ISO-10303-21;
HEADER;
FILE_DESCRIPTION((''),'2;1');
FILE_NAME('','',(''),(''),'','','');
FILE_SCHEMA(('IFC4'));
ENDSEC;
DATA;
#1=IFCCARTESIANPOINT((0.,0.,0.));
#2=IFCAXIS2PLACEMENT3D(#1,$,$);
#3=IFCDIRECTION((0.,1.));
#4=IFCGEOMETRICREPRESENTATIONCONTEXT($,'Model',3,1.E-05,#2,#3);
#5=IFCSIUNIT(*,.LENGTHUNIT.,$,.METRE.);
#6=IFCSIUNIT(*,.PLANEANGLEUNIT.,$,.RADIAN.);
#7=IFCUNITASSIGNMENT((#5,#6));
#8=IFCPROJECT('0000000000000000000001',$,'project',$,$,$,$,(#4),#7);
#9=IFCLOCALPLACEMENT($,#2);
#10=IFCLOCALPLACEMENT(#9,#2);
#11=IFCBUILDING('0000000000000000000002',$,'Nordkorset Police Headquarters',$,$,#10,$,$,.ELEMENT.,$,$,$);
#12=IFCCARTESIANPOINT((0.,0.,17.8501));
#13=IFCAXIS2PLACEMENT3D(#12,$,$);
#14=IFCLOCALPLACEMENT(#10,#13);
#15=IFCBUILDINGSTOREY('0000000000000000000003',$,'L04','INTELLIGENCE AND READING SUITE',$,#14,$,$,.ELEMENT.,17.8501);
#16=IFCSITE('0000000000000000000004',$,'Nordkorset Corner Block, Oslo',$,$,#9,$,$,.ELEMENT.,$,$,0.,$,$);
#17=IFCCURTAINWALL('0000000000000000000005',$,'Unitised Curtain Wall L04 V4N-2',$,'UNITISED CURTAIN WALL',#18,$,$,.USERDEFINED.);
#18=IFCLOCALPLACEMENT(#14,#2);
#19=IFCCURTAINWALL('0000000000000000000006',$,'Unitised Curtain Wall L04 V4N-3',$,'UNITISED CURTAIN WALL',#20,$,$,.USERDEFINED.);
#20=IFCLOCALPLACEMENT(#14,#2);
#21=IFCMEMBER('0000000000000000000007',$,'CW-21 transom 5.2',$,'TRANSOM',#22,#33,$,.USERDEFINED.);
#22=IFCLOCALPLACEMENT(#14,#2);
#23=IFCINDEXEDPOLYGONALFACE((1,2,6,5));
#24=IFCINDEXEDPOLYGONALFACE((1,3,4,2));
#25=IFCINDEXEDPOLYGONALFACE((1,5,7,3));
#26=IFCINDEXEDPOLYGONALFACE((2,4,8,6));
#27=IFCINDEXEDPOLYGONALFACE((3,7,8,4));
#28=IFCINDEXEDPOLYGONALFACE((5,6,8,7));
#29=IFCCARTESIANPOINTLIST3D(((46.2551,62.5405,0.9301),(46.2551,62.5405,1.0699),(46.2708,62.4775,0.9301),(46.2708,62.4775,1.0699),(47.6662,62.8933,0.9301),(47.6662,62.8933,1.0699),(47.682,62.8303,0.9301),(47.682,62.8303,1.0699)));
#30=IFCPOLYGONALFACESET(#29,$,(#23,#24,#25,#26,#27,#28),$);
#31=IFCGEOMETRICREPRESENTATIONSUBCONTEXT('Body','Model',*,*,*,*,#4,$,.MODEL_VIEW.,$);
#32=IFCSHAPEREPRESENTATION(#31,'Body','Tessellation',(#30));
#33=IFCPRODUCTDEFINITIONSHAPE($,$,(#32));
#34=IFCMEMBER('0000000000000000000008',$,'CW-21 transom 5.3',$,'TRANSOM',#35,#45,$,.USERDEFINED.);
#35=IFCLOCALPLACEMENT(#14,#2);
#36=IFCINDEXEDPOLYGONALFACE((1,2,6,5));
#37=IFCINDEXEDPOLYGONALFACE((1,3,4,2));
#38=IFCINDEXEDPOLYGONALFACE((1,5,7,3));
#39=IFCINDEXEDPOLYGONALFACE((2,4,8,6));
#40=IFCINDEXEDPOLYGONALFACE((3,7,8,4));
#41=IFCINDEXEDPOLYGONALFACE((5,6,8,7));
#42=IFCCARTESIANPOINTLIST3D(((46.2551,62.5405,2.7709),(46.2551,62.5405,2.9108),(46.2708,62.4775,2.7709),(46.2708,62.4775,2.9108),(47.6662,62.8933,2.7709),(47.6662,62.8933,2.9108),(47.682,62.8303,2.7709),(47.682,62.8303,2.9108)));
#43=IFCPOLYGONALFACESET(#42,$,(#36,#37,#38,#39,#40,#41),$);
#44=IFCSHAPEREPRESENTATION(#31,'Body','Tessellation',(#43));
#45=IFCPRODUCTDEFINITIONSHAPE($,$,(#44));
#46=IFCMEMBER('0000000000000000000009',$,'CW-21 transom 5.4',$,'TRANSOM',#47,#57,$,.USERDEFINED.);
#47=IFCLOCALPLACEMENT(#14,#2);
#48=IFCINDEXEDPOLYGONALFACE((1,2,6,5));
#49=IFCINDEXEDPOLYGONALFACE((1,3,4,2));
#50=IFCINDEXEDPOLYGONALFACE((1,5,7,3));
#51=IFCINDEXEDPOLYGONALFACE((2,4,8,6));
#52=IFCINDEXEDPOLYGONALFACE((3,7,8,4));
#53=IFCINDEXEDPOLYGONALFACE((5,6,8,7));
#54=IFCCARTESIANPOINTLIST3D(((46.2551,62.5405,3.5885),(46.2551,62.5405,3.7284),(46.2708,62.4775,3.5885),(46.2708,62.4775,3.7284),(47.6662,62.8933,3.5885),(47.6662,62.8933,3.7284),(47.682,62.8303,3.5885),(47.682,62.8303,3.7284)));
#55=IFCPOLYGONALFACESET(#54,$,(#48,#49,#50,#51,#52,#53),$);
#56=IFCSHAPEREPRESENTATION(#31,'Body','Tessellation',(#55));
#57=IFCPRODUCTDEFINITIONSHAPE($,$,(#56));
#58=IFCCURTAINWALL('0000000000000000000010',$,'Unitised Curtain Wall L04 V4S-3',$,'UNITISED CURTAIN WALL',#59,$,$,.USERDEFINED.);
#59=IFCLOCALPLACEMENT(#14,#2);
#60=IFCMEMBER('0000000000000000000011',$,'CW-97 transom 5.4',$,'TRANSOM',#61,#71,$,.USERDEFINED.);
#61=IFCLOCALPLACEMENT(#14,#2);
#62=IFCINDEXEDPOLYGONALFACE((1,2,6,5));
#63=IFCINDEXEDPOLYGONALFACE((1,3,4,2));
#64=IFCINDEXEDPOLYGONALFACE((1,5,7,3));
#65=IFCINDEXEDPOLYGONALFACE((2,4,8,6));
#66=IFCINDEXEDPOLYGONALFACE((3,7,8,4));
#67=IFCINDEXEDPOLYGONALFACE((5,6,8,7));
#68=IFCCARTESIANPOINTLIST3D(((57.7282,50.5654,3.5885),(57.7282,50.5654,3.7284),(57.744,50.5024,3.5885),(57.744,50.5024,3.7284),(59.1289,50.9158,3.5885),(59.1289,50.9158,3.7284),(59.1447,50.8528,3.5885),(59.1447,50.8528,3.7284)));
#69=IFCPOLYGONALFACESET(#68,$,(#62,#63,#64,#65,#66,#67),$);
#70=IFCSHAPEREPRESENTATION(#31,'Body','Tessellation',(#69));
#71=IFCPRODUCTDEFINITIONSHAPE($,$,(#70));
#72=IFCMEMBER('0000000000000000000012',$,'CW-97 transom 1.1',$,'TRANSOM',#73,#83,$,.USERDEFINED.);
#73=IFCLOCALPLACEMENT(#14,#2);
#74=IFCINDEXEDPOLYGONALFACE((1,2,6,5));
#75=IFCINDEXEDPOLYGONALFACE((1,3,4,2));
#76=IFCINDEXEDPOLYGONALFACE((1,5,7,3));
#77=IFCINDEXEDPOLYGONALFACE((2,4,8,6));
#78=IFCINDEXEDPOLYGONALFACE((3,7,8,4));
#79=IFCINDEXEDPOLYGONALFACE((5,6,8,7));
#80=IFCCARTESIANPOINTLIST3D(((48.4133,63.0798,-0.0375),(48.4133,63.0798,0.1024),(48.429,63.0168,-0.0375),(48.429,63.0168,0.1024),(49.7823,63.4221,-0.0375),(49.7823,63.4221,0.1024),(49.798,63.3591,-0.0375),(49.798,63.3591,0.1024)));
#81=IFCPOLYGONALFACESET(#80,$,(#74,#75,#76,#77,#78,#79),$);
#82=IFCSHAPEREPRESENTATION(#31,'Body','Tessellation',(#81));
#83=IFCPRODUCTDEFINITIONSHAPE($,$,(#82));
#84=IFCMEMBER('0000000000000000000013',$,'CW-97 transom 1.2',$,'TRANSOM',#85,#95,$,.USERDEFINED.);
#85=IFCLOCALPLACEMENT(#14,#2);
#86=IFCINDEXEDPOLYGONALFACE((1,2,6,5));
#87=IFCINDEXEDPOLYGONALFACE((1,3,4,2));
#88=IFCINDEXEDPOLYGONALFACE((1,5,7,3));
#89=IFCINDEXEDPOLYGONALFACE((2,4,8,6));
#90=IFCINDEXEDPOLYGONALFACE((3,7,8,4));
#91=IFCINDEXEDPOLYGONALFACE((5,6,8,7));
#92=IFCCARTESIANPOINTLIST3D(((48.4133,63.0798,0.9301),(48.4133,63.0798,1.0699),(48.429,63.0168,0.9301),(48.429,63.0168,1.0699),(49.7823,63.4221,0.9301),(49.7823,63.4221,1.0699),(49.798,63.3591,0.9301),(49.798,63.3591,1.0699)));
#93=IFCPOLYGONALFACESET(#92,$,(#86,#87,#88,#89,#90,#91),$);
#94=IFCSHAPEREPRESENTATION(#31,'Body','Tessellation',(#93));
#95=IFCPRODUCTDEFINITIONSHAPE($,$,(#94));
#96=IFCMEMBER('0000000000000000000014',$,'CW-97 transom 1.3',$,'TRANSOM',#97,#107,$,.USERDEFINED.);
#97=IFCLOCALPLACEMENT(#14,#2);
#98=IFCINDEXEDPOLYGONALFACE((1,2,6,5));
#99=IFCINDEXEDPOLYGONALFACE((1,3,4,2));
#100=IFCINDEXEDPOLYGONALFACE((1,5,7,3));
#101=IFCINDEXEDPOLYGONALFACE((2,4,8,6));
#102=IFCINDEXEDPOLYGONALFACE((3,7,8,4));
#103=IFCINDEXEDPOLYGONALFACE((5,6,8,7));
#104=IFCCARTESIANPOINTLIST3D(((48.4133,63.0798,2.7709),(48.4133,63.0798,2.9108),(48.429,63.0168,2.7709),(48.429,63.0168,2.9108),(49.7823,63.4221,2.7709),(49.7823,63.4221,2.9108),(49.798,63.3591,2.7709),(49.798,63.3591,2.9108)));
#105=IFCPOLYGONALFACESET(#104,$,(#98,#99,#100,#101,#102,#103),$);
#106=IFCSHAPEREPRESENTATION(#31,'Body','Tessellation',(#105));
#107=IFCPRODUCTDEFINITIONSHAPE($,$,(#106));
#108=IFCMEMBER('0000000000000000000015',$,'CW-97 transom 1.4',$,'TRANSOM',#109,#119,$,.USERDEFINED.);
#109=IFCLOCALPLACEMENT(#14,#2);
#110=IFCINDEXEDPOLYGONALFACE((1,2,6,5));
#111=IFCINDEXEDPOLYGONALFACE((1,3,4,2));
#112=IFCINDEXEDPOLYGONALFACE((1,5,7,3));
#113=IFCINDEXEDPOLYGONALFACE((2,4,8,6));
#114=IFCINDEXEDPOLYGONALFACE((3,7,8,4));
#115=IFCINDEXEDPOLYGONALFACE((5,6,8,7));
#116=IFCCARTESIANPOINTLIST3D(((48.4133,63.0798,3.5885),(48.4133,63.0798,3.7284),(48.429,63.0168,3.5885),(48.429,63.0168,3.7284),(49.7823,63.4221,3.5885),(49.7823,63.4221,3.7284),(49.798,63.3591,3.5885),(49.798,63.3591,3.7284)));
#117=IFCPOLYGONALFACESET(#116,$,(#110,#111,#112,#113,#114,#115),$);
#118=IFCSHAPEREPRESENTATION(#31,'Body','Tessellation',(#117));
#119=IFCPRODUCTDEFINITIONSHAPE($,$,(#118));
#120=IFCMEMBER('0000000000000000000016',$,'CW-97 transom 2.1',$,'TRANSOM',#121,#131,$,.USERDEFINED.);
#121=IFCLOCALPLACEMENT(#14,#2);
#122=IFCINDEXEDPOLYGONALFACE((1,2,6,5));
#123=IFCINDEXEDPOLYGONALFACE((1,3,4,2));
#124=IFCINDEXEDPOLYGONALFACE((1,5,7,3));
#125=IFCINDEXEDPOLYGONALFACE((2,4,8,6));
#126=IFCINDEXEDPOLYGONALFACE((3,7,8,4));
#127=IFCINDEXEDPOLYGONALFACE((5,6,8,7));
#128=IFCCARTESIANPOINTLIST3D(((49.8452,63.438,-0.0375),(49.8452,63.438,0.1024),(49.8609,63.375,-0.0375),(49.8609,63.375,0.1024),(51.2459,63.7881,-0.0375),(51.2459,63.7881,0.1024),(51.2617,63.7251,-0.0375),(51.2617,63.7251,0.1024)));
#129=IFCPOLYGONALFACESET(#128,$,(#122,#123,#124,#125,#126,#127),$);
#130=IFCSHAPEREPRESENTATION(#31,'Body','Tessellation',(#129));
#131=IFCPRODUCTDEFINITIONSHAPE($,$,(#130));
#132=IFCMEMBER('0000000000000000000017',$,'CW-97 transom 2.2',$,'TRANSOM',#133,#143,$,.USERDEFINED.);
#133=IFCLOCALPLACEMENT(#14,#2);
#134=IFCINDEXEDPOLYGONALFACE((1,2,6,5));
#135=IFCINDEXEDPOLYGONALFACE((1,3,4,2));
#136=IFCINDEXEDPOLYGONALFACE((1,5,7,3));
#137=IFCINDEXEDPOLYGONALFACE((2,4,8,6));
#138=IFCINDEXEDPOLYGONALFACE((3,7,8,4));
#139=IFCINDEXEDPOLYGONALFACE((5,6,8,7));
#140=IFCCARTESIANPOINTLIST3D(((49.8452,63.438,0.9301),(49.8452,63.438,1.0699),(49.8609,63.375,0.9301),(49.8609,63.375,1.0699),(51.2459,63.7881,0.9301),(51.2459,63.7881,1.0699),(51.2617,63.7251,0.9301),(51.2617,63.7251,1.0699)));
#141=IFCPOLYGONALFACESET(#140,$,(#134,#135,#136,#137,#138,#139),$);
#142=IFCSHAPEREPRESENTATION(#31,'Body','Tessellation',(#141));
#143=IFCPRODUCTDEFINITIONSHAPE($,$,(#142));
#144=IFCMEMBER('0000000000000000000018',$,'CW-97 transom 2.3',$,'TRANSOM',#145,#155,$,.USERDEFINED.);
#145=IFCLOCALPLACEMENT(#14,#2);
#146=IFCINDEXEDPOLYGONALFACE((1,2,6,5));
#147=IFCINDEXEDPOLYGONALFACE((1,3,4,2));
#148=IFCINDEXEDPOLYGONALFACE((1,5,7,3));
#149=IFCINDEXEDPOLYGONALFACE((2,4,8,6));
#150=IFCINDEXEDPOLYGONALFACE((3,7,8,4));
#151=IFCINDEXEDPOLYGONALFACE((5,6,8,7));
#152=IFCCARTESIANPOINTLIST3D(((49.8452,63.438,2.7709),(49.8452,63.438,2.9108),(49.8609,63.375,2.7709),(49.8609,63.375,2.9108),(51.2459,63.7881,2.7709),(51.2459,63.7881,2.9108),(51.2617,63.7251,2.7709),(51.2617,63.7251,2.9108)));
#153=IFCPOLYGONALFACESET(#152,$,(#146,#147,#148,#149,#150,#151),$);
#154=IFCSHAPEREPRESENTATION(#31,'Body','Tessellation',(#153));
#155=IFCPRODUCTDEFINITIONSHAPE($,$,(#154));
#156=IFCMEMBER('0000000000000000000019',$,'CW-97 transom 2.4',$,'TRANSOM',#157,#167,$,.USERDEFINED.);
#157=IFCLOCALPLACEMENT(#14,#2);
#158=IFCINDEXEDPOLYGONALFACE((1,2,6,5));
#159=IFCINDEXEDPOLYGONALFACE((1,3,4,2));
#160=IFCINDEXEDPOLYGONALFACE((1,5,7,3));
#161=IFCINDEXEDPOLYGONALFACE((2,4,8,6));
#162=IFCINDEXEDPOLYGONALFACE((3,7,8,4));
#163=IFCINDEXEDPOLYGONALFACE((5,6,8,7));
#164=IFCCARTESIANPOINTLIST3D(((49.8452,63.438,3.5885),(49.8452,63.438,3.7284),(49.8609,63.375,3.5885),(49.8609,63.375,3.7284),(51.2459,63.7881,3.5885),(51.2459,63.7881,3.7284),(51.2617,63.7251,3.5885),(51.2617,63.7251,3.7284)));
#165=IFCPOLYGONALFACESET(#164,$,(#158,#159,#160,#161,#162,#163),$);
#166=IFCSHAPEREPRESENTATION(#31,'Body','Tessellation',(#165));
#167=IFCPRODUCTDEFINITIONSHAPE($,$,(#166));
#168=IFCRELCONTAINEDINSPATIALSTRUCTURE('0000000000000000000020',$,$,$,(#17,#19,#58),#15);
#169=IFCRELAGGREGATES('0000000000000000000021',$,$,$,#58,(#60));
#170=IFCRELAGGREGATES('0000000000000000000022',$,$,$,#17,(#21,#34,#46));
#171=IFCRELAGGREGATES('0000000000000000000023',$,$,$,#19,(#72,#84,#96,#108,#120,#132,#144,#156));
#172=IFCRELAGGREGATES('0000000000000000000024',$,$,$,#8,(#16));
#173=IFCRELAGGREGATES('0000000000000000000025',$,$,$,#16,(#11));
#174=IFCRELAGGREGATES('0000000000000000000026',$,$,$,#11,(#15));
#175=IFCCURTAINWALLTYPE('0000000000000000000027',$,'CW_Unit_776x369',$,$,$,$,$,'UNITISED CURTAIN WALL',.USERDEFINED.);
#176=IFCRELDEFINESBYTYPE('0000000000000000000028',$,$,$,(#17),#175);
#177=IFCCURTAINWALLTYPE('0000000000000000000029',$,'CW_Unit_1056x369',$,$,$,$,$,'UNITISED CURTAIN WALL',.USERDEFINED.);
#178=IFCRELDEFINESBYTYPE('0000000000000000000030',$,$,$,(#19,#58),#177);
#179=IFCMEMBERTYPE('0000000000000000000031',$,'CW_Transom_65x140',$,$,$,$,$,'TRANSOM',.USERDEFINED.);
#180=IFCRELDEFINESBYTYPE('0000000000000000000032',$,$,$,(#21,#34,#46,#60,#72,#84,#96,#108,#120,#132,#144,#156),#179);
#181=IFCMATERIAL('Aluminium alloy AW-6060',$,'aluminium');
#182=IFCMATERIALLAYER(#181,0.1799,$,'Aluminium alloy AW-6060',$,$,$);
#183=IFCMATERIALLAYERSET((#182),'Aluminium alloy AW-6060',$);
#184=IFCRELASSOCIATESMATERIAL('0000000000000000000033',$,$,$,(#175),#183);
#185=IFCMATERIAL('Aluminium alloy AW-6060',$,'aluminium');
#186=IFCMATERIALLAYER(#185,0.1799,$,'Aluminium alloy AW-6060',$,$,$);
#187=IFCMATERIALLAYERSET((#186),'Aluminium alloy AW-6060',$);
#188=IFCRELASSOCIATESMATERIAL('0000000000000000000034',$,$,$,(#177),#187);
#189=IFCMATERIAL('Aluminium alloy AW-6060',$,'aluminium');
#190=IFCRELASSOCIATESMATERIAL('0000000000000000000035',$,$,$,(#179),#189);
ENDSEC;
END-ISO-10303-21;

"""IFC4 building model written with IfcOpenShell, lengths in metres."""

from ifc_helpers import new_model, si_unit, direction, frame, origin, origin_2d, place, context, subcontext, project, spatial, rectangle, extrude, material, layer, layer_set, material_profile, profile_set, type_object, element, aggregate, save


model = new_model("IFC4")

# Units and contexts
model_context = context("Model", 3, precision=1e-05, world=origin(), true_north=direction((0.0, 1.0)))
body_context = subcontext(model_context, "Body", "Model", "MODEL_VIEW")
ifc_project = project(units=[si_unit("LENGTHUNIT", "METRE"), si_unit("PLANEANGLEUNIT", "RADIAN")], contexts=[model_context])

# Site, building, storey
site_placement = place(None, origin())
site = spatial("IfcSite", under=ifc_project, at=site_placement, Name="Nordkorset Corner Block, Oslo", CompositionType="ELEMENT", RefElevation=0.0)
building_placement = place(site_placement, origin())
building = spatial("IfcBuilding", under=site, at=building_placement, Name="Nordkorset Police Headquarters", CompositionType="ELEMENT")
storey_placement = place(building_placement, frame((0.0, 0.0, 17.8501)))
storey = spatial("IfcBuildingStorey", under=building, at=storey_placement, Name="L04", Description="INTELLIGENCE AND READING SUITE", CompositionType="ELEMENT", Elevation=17.8501)

# Curtain walls
ifc_material_1 = material(Name="Aluminium alloy AW-6060", Category="aluminium")
ifc_layer_1 = layer(ifc_material_1, 0.1799, Name="Aluminium alloy AW-6060")
ifc_layer_set_1 = layer_set([ifc_layer_1], Name="Aluminium alloy AW-6060")
curtain_wall_type_1 = type_object("IfcCurtainWallType", Name="CW_Unit_776x369", ElementType="UNITISED CURTAIN WALL", PredefinedType="USERDEFINED", material=ifc_layer_set_1)
curtain_wall_1_placement = place(storey_placement, origin())
curtain_wall_1 = element("IfcCurtainWall", 1, at=curtain_wall_1_placement, inside=storey, type_object=curtain_wall_type_1, Name="Unitised Curtain Wall L04 V4N-2", ObjectType="UNITISED CURTAIN WALL", PredefinedType="USERDEFINED")
ifc_material_2 = material(Name="Aluminium alloy AW-6060", Category="aluminium")
ifc_layer_2 = layer(ifc_material_2, 0.1799, Name="Aluminium alloy AW-6060")
ifc_layer_set_2 = layer_set([ifc_layer_2], Name="Aluminium alloy AW-6060")
curtain_wall_type_2 = type_object("IfcCurtainWallType", Name="CW_Unit_1056x369", ElementType="UNITISED CURTAIN WALL", PredefinedType="USERDEFINED", material=ifc_layer_set_2)
curtain_wall_2_placement = place(storey_placement, origin())
curtain_wall_2 = element("IfcCurtainWall", 2, at=curtain_wall_2_placement, inside=storey, type_object=curtain_wall_type_2, Name="Unitised Curtain Wall L04 V4N-3", ObjectType="UNITISED CURTAIN WALL", PredefinedType="USERDEFINED")

# Members
ifc_material_3 = material(Name="Aluminium alloy AW-6060", Category="aluminium")
ifc_material_profile_1 = material_profile(ifc_material_3, rectangle(XDim=0.0649, YDim=0.1399, at=origin_2d()), Name="ALU TRAN 65x140")
ifc_profile_set_1 = profile_set([ifc_material_profile_1], Name="Aluminium alloy AW-6060")
member_type_1 = type_object("IfcMemberType", Name="CW_Transom_65x140", ElementType="TRANSOM", PredefinedType="USERDEFINED", material=ifc_profile_set_1)
member_1_placement = place(storey_placement, frame((46.2629, 62.509, 1.0), z_axis=(0.970143, 0.242536, 0.0), x_axis=(-0.242536, 0.970143, 0.0)))
member_1 = element("IfcMember", 3, at=member_1_placement, type_object=member_type_1, Name="CW-21 transom 5.2", ObjectType="TRANSOM", PredefinedType="USERDEFINED", context=body_context, shape_type="SweptSolid", body=[
    extrude(rectangle(XDim=0.0649, YDim=0.1399, at=origin_2d()), origin(), (0.0, 0.0, 1.0), 1.4546),
])
member_2_placement = place(storey_placement, frame((46.2629, 62.509, 2.8408), z_axis=(0.970143, 0.242536, 0.0), x_axis=(-0.242536, 0.970143, 0.0)))
member_2 = element("IfcMember", 4, at=member_2_placement, type_object=member_type_1, Name="CW-21 transom 5.3", ObjectType="TRANSOM", PredefinedType="USERDEFINED", context=body_context, shape_type="SweptSolid", body=[
    extrude(rectangle(XDim=0.0649, YDim=0.1399, at=origin_2d()), origin(), (0.0, 0.0, 1.0), 1.4546),
])
member_3_placement = place(storey_placement, frame((46.2629, 62.509, 3.6584), z_axis=(0.970143, 0.242536, 0.0), x_axis=(-0.242536, 0.970143, 0.0)))
member_3 = element("IfcMember", 5, at=member_3_placement, type_object=member_type_1, Name="CW-21 transom 5.4", ObjectType="TRANSOM", PredefinedType="USERDEFINED", context=body_context, shape_type="SweptSolid", body=[
    extrude(rectangle(XDim=0.0649, YDim=0.1399, at=origin_2d()), origin(), (0.0, 0.0, 1.0), 1.4546),
])

# Curtain wall, member
curtain_wall_3_placement = place(storey_placement, origin())
curtain_wall_3 = element("IfcCurtainWall", 6, at=curtain_wall_3_placement, inside=storey, type_object=curtain_wall_type_2, Name="Unitised Curtain Wall L04 V4S-3", ObjectType="UNITISED CURTAIN WALL", PredefinedType="USERDEFINED")
member_4_placement = place(storey_placement, frame((57.7361, 50.5339, 3.6584), z_axis=(0.970113, 0.242655, 0.0), x_axis=(-0.242655, 0.970113, 0.0)))
member_4 = element("IfcMember", 7, at=member_4_placement, type_object=member_type_1, Name="CW-97 transom 5.4", ObjectType="TRANSOM", PredefinedType="USERDEFINED", context=body_context, shape_type="SweptSolid", body=[
    extrude(rectangle(XDim=0.0649, YDim=0.1399, at=origin_2d()), origin(), (0.0, 0.0, 1.0), 1.4438),
])
aggregate(curtain_wall_3, [member_4])

# Members
member_5_placement = place(storey_placement, frame((48.4211, 63.0483, 0.0325), z_axis=(0.970132, 0.242576, 0.0), x_axis=(-0.242576, 0.970132, 0.0)))
member_5 = element("IfcMember", 8, at=member_5_placement, type_object=member_type_1, Name="CW-97 transom 1.1", ObjectType="TRANSOM", PredefinedType="USERDEFINED", context=body_context, shape_type="SweptSolid", body=[
    extrude(rectangle(XDim=0.0649, YDim=0.1399, at=origin_2d()), origin(), (0.0, 0.0, 1.0), 1.4111),
])
member_6_placement = place(storey_placement, frame((48.4211, 63.0483, 1.0), z_axis=(0.970132, 0.242576, 0.0), x_axis=(-0.242576, 0.970132, 0.0)))
member_6 = element("IfcMember", 9, at=member_6_placement, type_object=member_type_1, Name="CW-97 transom 1.2", ObjectType="TRANSOM", PredefinedType="USERDEFINED", context=body_context, shape_type="SweptSolid", body=[
    extrude(rectangle(XDim=0.0649, YDim=0.1399, at=origin_2d()), origin(), (0.0, 0.0, 1.0), 1.4111),
])
member_7_placement = place(storey_placement, frame((48.4211, 63.0483, 2.8408), z_axis=(0.970132, 0.242576, 0.0), x_axis=(-0.242576, 0.970132, 0.0)))
member_7 = element("IfcMember", 10, at=member_7_placement, type_object=member_type_1, Name="CW-97 transom 1.3", ObjectType="TRANSOM", PredefinedType="USERDEFINED", context=body_context, shape_type="SweptSolid", body=[
    extrude(rectangle(XDim=0.0649, YDim=0.1399, at=origin_2d()), origin(), (0.0, 0.0, 1.0), 1.4111),
])
member_8_placement = place(storey_placement, frame((48.4211, 63.0483, 3.6584), z_axis=(0.970132, 0.242576, 0.0), x_axis=(-0.242576, 0.970132, 0.0)))
member_8 = element("IfcMember", 11, at=member_8_placement, type_object=member_type_1, Name="CW-97 transom 1.4", ObjectType="TRANSOM", PredefinedType="USERDEFINED", context=body_context, shape_type="SweptSolid", body=[
    extrude(rectangle(XDim=0.0649, YDim=0.1399, at=origin_2d()), origin(), (0.0, 0.0, 1.0), 1.4111),
])
member_9_placement = place(storey_placement, frame((49.853, 63.4065, 0.0325), z_axis=(0.970152, 0.242496, 0.0), x_axis=(-0.242496, 0.970152, 0.0)))
member_9 = element("IfcMember", 12, at=member_9_placement, type_object=member_type_1, Name="CW-97 transom 2.1", ObjectType="TRANSOM", PredefinedType="USERDEFINED", context=body_context, shape_type="SweptSolid", body=[
    extrude(rectangle(XDim=0.0649, YDim=0.1399, at=origin_2d()), origin(), (0.0, 0.0, 1.0), 1.4438),
])
member_10_placement = place(storey_placement, frame((49.853, 63.4065, 1.0), z_axis=(0.970152, 0.242496, 0.0), x_axis=(-0.242496, 0.970152, 0.0)))
member_10 = element("IfcMember", 13, at=member_10_placement, type_object=member_type_1, Name="CW-97 transom 2.2", ObjectType="TRANSOM", PredefinedType="USERDEFINED", context=body_context, shape_type="SweptSolid", body=[
    extrude(rectangle(XDim=0.0649, YDim=0.1399, at=origin_2d()), origin(), (0.0, 0.0, 1.0), 1.4438),
])
member_11_placement = place(storey_placement, frame((49.853, 63.4065, 2.8408), z_axis=(0.970152, 0.242496, 0.0), x_axis=(-0.242496, 0.970152, 0.0)))
member_11 = element("IfcMember", 14, at=member_11_placement, type_object=member_type_1, Name="CW-97 transom 2.3", ObjectType="TRANSOM", PredefinedType="USERDEFINED", context=body_context, shape_type="SweptSolid", body=[
    extrude(rectangle(XDim=0.0649, YDim=0.1399, at=origin_2d()), origin(), (0.0, 0.0, 1.0), 1.4438),
])
member_12_placement = place(storey_placement, frame((49.853, 63.4065, 3.6584), z_axis=(0.970152, 0.242496, 0.0), x_axis=(-0.242496, 0.970152, 0.0)))
member_12 = element("IfcMember", 15, at=member_12_placement, type_object=member_type_1, Name="CW-97 transom 2.4", ObjectType="TRANSOM", PredefinedType="USERDEFINED", context=body_context, shape_type="SweptSolid", body=[
    extrude(rectangle(XDim=0.0649, YDim=0.1399, at=origin_2d()), origin(), (0.0, 0.0, 1.0), 1.4438),
])

aggregate(curtain_wall_1, [member_1, member_2, member_3])
aggregate(curtain_wall_2, [member_5, member_6, member_7, member_8, member_9, member_10, member_11, member_12])

save(model, "model.ifc")
